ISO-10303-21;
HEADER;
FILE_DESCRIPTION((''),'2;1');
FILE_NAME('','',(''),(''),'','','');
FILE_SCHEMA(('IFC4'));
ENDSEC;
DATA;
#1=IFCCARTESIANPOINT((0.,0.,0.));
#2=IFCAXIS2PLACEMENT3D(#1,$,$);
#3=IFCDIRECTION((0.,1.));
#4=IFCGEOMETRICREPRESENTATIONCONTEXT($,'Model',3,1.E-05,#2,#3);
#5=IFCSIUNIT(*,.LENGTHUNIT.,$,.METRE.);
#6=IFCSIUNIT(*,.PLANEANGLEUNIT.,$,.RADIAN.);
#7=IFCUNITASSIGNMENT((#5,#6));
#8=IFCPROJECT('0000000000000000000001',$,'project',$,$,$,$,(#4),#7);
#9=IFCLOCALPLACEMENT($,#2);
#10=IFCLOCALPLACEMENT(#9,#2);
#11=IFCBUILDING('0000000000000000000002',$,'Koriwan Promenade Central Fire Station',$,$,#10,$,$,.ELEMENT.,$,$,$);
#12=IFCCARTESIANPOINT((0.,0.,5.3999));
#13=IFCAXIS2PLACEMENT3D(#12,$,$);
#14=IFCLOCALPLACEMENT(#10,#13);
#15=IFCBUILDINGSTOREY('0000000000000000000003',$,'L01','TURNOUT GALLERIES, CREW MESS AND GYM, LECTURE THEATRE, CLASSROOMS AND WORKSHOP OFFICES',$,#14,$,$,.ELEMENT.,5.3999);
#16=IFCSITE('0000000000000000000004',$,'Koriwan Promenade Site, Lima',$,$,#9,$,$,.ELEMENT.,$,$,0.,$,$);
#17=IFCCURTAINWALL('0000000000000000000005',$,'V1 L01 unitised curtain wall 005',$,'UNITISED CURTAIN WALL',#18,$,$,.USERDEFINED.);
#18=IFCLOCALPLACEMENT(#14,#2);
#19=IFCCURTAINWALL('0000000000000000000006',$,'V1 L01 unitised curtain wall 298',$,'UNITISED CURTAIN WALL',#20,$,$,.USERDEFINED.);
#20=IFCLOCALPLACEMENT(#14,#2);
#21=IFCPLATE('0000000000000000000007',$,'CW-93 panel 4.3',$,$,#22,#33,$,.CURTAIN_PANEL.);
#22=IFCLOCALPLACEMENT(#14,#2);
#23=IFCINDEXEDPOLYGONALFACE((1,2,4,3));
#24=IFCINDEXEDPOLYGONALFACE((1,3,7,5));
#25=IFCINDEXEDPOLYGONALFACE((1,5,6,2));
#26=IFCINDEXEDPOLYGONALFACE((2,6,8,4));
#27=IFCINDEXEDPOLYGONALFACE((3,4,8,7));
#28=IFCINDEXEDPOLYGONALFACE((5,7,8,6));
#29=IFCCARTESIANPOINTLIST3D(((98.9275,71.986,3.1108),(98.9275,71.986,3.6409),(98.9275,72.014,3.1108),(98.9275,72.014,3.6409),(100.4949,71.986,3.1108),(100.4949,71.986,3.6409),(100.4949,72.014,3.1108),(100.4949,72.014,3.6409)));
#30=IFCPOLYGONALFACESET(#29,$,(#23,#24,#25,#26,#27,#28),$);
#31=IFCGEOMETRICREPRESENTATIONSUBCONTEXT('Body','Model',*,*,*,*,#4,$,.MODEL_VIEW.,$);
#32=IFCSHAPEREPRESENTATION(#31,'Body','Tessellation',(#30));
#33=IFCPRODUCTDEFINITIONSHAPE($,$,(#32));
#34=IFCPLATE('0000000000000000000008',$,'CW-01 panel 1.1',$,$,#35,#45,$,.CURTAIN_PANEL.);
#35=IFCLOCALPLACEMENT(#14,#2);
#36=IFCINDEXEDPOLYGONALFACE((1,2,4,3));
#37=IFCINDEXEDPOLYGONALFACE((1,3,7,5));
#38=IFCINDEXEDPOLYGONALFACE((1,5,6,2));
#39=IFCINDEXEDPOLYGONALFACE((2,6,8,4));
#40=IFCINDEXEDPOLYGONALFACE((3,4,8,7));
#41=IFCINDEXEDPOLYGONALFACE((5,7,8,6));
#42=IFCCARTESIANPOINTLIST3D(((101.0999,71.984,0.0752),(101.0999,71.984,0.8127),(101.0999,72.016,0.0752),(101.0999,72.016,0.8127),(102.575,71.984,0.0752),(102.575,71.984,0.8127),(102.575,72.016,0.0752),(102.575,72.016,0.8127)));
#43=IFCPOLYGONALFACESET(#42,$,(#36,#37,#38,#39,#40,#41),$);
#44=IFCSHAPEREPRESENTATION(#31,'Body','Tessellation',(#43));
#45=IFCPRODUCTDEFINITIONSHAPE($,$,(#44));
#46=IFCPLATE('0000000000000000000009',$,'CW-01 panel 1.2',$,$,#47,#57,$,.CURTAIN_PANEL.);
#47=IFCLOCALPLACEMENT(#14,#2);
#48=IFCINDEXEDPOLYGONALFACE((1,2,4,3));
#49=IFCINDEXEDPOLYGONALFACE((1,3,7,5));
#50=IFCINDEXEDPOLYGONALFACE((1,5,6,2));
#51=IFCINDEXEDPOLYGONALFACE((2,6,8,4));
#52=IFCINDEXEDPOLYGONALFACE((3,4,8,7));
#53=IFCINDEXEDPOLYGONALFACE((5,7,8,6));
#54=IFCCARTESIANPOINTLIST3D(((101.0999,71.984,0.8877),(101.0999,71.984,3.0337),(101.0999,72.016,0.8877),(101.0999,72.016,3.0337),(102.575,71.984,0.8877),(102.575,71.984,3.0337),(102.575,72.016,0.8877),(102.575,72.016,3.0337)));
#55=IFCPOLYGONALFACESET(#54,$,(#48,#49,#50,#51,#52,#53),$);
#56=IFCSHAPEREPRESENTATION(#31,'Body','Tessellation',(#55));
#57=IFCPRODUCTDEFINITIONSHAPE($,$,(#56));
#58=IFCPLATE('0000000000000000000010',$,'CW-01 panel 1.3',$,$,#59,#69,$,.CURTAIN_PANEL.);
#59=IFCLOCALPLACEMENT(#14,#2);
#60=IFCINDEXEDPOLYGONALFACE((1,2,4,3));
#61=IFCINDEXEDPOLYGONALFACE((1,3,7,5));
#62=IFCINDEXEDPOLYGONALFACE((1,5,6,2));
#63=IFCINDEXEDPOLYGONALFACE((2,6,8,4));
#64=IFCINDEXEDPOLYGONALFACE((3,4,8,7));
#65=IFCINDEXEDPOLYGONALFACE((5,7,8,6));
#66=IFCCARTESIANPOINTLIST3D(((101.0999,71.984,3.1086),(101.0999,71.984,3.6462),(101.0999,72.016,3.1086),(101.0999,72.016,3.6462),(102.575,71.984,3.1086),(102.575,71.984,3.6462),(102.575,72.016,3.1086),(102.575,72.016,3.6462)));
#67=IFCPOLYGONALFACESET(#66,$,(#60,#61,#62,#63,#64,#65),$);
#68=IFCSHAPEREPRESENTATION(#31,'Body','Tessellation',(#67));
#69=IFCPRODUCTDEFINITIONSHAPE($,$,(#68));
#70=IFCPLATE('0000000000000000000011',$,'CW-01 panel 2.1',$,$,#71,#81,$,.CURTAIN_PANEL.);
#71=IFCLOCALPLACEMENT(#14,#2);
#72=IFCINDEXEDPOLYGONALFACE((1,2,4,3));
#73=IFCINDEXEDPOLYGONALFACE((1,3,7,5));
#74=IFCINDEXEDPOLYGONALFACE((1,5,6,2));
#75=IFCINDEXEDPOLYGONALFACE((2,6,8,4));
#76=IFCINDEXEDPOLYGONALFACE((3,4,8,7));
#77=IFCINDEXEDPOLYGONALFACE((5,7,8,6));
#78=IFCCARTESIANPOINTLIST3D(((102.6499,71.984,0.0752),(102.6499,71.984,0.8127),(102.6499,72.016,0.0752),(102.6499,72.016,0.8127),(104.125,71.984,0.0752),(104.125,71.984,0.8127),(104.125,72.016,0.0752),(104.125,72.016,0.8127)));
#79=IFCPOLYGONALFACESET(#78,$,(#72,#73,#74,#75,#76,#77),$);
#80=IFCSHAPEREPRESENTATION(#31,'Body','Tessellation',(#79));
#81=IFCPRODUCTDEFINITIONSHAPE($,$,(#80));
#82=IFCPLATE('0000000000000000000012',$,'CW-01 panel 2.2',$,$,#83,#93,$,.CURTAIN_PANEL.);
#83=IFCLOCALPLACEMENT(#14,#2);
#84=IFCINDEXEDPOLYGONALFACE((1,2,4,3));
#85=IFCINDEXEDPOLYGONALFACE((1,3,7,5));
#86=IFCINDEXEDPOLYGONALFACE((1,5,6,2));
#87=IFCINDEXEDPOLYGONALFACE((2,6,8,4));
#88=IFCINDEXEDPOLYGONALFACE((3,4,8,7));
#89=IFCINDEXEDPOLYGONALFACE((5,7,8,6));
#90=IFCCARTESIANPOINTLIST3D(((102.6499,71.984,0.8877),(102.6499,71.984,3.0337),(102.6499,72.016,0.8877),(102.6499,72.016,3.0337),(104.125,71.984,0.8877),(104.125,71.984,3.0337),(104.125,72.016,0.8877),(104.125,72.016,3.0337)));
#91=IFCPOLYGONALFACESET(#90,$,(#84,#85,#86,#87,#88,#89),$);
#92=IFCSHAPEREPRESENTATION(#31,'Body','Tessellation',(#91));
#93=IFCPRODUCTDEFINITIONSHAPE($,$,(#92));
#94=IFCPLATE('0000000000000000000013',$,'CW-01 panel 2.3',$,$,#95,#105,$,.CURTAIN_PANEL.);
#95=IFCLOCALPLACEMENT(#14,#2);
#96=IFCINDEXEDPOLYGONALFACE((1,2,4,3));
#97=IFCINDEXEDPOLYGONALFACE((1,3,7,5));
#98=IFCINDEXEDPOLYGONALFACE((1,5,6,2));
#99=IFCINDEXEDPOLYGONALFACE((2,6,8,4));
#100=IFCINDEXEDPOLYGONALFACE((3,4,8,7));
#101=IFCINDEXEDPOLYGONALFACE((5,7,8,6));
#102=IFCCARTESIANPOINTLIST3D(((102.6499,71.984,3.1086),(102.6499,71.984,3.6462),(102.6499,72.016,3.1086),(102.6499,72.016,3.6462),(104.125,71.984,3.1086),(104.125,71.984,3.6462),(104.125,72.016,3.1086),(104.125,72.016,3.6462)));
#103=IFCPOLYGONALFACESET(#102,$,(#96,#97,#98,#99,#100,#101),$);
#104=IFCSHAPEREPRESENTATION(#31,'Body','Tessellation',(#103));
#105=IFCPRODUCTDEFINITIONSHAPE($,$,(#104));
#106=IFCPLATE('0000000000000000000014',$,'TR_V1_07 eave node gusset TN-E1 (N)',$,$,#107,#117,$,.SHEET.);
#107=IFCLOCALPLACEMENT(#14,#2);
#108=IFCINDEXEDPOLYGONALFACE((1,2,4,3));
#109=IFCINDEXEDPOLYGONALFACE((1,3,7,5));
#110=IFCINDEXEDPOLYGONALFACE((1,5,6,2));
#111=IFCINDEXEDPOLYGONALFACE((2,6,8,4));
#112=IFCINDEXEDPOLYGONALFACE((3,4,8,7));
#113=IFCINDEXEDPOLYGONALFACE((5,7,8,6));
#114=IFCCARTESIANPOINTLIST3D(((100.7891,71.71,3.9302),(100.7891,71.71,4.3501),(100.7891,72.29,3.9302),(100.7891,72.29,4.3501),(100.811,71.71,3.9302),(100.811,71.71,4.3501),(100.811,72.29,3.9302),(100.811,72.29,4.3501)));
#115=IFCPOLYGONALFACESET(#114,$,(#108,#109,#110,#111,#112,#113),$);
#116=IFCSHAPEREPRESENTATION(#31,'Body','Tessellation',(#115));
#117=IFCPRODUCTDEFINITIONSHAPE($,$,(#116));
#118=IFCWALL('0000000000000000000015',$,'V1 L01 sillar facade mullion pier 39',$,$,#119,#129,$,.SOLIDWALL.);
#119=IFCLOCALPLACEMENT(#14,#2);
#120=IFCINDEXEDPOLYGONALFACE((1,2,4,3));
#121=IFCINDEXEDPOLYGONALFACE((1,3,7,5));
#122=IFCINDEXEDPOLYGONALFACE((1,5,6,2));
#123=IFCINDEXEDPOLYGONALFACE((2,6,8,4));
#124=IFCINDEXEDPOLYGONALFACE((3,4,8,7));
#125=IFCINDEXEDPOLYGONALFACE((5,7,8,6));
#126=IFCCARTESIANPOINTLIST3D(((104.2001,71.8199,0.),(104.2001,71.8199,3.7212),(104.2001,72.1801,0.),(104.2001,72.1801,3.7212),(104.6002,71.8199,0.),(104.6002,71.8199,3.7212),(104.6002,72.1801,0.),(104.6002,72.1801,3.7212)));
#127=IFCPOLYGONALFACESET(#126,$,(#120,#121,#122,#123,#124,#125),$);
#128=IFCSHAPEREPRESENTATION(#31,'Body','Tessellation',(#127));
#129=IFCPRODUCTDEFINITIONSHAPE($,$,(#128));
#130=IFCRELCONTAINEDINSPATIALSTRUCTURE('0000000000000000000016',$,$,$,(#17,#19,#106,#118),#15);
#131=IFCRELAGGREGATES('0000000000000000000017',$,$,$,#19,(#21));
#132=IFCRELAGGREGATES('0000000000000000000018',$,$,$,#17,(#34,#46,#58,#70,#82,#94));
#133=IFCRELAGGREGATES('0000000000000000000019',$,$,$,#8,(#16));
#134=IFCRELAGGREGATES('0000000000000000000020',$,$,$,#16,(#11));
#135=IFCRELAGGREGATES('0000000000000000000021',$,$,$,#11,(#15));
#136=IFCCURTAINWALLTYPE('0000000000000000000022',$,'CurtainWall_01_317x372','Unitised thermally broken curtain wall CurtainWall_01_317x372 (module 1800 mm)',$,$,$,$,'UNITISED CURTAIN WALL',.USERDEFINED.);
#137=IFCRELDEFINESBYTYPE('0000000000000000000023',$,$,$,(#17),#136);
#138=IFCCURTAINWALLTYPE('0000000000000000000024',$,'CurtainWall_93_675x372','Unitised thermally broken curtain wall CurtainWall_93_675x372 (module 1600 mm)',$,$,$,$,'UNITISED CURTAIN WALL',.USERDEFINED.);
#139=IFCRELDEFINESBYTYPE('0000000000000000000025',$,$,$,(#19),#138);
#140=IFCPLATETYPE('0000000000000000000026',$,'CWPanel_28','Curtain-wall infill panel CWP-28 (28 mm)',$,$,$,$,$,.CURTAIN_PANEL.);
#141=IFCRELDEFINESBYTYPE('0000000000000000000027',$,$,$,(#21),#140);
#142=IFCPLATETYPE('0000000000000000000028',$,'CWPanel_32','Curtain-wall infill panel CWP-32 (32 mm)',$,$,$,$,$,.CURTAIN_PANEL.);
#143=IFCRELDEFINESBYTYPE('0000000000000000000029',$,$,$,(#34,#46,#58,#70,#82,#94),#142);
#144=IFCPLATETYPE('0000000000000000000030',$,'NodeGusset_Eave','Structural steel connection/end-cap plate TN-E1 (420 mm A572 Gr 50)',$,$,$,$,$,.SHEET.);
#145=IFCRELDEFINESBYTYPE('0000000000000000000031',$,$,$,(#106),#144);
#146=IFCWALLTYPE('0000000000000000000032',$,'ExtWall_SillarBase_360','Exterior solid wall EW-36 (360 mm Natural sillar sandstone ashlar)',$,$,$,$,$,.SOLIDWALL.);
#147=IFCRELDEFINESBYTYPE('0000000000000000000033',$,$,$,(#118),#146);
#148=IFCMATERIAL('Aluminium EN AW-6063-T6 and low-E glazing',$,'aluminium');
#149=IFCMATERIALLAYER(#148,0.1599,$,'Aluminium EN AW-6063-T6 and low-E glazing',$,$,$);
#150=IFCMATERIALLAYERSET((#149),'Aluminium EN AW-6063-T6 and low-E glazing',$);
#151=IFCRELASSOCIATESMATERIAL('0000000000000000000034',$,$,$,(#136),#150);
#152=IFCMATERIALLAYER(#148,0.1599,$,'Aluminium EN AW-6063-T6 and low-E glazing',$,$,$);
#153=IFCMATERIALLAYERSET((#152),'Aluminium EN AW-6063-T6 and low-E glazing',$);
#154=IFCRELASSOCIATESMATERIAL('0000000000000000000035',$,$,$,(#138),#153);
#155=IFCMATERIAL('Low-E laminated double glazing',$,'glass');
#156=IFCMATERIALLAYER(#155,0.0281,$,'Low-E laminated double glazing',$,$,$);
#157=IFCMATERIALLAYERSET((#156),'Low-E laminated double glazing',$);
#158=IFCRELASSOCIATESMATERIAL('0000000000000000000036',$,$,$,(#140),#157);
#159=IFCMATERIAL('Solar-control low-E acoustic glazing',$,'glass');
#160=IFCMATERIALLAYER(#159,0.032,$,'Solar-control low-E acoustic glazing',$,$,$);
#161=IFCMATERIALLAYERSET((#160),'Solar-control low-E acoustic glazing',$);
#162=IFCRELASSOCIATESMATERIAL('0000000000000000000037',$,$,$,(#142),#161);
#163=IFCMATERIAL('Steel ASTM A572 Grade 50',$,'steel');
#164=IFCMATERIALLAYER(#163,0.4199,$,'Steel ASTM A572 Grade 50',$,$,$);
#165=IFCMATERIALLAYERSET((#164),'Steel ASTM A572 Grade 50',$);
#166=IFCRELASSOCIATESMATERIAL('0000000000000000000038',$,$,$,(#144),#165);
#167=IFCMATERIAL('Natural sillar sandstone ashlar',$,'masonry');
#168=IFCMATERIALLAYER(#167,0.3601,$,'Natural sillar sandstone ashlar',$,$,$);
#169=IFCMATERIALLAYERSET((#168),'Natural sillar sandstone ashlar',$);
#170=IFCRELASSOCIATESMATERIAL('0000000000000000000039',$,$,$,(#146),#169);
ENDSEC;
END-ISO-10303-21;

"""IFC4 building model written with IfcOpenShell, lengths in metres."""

from ifc_helpers import new_model, si_unit, direction, frame, frame_2d, origin, origin_2d, place, context, subcontext, project, spatial, rectangle, extrude, material, layer, layer_set, type_object, element, aggregate, save


model = new_model("IFC4")

# Units and contexts
model_context = context("Model", 3, precision=1e-05, world=origin(), true_north=direction((0.0, 1.0)))
body_context = subcontext(model_context, "Body", "Model", "MODEL_VIEW")
ifc_project = project(units=[si_unit("LENGTHUNIT", "METRE"), si_unit("PLANEANGLEUNIT", "RADIAN")], contexts=[model_context])

# Site, building, storey
site_placement = place(None, origin())
site = spatial("IfcSite", under=ifc_project, at=site_placement, Name="Koriwan Promenade Site, Lima", CompositionType="ELEMENT", RefElevation=0.0)
building_placement = place(site_placement, origin())
building = spatial("IfcBuilding", under=site, at=building_placement, Name="Koriwan Promenade Central Fire Station", CompositionType="ELEMENT")
storey_placement = place(building_placement, frame((0.0, 0.0, 5.3999)))
storey = spatial("IfcBuildingStorey", under=building, at=storey_placement, Name="L01", Description="TURNOUT GALLERIES, CREW MESS AND GYM, LECTURE THEATRE, CLASSROOMS AND WORKSHOP OFFICES", CompositionType="ELEMENT", Elevation=5.3999)

# Curtain wall
ifc_material_1 = material(Name="Aluminium EN AW-6063-T6 and low-E glazing", Category="aluminium")
ifc_layer_1 = layer(ifc_material_1, 0.1599, Name="Aluminium EN AW-6063-T6 and low-E glazing")
ifc_layer_set_1 = layer_set([ifc_layer_1], Name="Aluminium EN AW-6063-T6 and low-E glazing")
curtain_wall_type_1 = type_object("IfcCurtainWallType", Name="CurtainWall_01_317x372", Description="Unitised thermally broken curtain wall CurtainWall_01_317x372 (module 1800 mm)", ElementType="UNITISED CURTAIN WALL", PredefinedType="USERDEFINED", material=ifc_layer_set_1)
curtain_wall_1_placement = place(storey_placement, origin())
curtain_wall_1 = element("IfcCurtainWall", 1, at=curtain_wall_1_placement, inside=storey, type_object=curtain_wall_type_1, Name="V1 L01 unitised curtain wall 005", ObjectType="UNITISED CURTAIN WALL", PredefinedType="USERDEFINED")

# Curtain wall
ifc_layer_2 = layer(ifc_material_1, 0.1599, Name="Aluminium EN AW-6063-T6 and low-E glazing")
ifc_layer_set_2 = layer_set([ifc_layer_2], Name="Aluminium EN AW-6063-T6 and low-E glazing")
curtain_wall_type_2 = type_object("IfcCurtainWallType", Name="CurtainWall_93_675x372", Description="Unitised thermally broken curtain wall CurtainWall_93_675x372 (module 1600 mm)", ElementType="UNITISED CURTAIN WALL", PredefinedType="USERDEFINED", material=ifc_layer_set_2)
curtain_wall_2_placement = place(storey_placement, origin())
curtain_wall_2 = element("IfcCurtainWall", 2, at=curtain_wall_2_placement, inside=storey, type_object=curtain_wall_type_2, Name="V1 L01 unitised curtain wall 298", ObjectType="UNITISED CURTAIN WALL", PredefinedType="USERDEFINED")

# Plates
ifc_material_2 = material(Name="Low-E laminated double glazing", Category="glass")
ifc_layer_3 = layer(ifc_material_2, 0.0281, Name="Low-E laminated double glazing")
ifc_layer_set_3 = layer_set([ifc_layer_3], Name="Low-E laminated double glazing")
plate_type_1 = type_object("IfcPlateType", Name="CWPanel_28", Description="Curtain-wall infill panel CWP-28 (28 mm)", PredefinedType="CURTAIN_PANEL", material=ifc_layer_set_3)
plate_1_placement = place(storey_placement, frame((99.7112, 72.0, 3.1108), z_axis=(0.0, 0.0, 1.0), x_axis=(1.0, 0.0, 0.0)))
plate_1 = element("IfcPlate", 3, at=plate_1_placement, type_object=plate_type_1, Name="CW-93 panel 4.3", PredefinedType="CURTAIN_PANEL", context=body_context, shape_type="SweptSolid", body=[
    extrude(rectangle(XDim=1.5674, YDim=0.0281, at=origin_2d()), origin(), (0.0, 0.0, 1.0), 0.53),
])
aggregate(curtain_wall_2, [plate_1])
ifc_material_3 = material(Name="Solar-control low-E acoustic glazing", Category="glass")
ifc_layer_4 = layer(ifc_material_3, 0.032, Name="Solar-control low-E acoustic glazing")
ifc_layer_set_4 = layer_set([ifc_layer_4], Name="Solar-control low-E acoustic glazing")
plate_type_2 = type_object("IfcPlateType", Name="CWPanel_32", Description="Curtain-wall infill panel CWP-32 (32 mm)", PredefinedType="CURTAIN_PANEL", material=ifc_layer_set_4)
plate_2_placement = place(storey_placement, frame((101.8374, 72.0, 0.0752), z_axis=(0.0, 0.0, 1.0), x_axis=(1.0, 0.0, 0.0)))
plate_2 = element("IfcPlate", 4, at=plate_2_placement, type_object=plate_type_2, Name="CW-01 panel 1.1", PredefinedType="CURTAIN_PANEL", context=body_context, shape_type="SweptSolid", body=[
    extrude(rectangle(XDim=1.4751, YDim=0.032, at=origin_2d()), origin(), (0.0, 0.0, 1.0), 0.7375),
])
plate_3_placement = place(storey_placement, frame((101.8374, 72.0, 0.8877), z_axis=(0.0, 0.0, 1.0), x_axis=(1.0, 0.0, 0.0)))
plate_3 = element("IfcPlate", 5, at=plate_3_placement, type_object=plate_type_2, Name="CW-01 panel 1.2", PredefinedType="CURTAIN_PANEL", context=body_context, shape_type="SweptSolid", body=[
    extrude(rectangle(XDim=1.4751, YDim=0.032, at=origin_2d()), origin(), (0.0, 0.0, 1.0), 2.146),
])
plate_4_placement = place(storey_placement, frame((101.8374, 72.0, 3.1086), z_axis=(0.0, 0.0, 1.0), x_axis=(1.0, 0.0, 0.0)))
plate_4 = element("IfcPlate", 6, at=plate_4_placement, type_object=plate_type_2, Name="CW-01 panel 1.3", PredefinedType="CURTAIN_PANEL", context=body_context, shape_type="SweptSolid", body=[
    extrude(rectangle(XDim=1.4751, YDim=0.032, at=origin_2d()), origin(), (0.0, 0.0, 1.0), 0.5376),
])
plate_5_placement = place(storey_placement, frame((103.3875, 72.0, 0.0752), z_axis=(0.0, 0.0, 1.0), x_axis=(1.0, 0.0, 0.0)))
plate_5 = element("IfcPlate", 7, at=plate_5_placement, type_object=plate_type_2, Name="CW-01 panel 2.1", PredefinedType="CURTAIN_PANEL", context=body_context, shape_type="SweptSolid", body=[
    extrude(rectangle(XDim=1.4751, YDim=0.032, at=origin_2d()), origin(), (0.0, 0.0, 1.0), 0.7375),
])
plate_6_placement = place(storey_placement, frame((103.3875, 72.0, 0.8877), z_axis=(0.0, 0.0, 1.0), x_axis=(1.0, 0.0, 0.0)))
plate_6 = element("IfcPlate", 8, at=plate_6_placement, type_object=plate_type_2, Name="CW-01 panel 2.2", PredefinedType="CURTAIN_PANEL", context=body_context, shape_type="SweptSolid", body=[
    extrude(rectangle(XDim=1.4751, YDim=0.032, at=origin_2d()), origin(), (0.0, 0.0, 1.0), 2.146),
])
plate_7_placement = place(storey_placement, frame((103.3875, 72.0, 3.1086), z_axis=(0.0, 0.0, 1.0), x_axis=(1.0, 0.0, 0.0)))
plate_7 = element("IfcPlate", 9, at=plate_7_placement, type_object=plate_type_2, Name="CW-01 panel 2.3", PredefinedType="CURTAIN_PANEL", context=body_context, shape_type="SweptSolid", body=[
    extrude(rectangle(XDim=1.4751, YDim=0.032, at=origin_2d()), origin(), (0.0, 0.0, 1.0), 0.5376),
])
aggregate(curtain_wall_1, [plate_2, plate_3, plate_4, plate_5, plate_6, plate_7])
ifc_material_4 = material(Name="Steel ASTM A572 Grade 50", Category="steel")
ifc_layer_5 = layer(ifc_material_4, 0.4199, Name="Steel ASTM A572 Grade 50")
ifc_layer_set_5 = layer_set([ifc_layer_5], Name="Steel ASTM A572 Grade 50")
plate_type_3 = type_object("IfcPlateType", Name="NodeGusset_Eave", Description="Structural steel connection/end-cap plate TN-E1 (420 mm A572 Gr 50)", PredefinedType="SHEET", material=ifc_layer_set_5)
plate_8_placement = place(storey_placement, frame((100.8, 72.0, 3.9302), z_axis=(0.0, 0.0, 1.0), x_axis=(1.0, 0.0, 0.0)))
element("IfcPlate", 10, at=plate_8_placement, inside=storey, type_object=plate_type_3, Name="TR_V1_07 eave node gusset TN-E1 (N)", PredefinedType="SHEET", context=body_context, shape_type="SweptSolid", body=[
    extrude(rectangle(XDim=0.022, YDim=0.5801, at=origin_2d()), origin(), (0.0, 0.0, 1.0), 0.4199),
])

# Wall
ifc_material_5 = material(Name="Natural sillar sandstone ashlar", Category="masonry")
ifc_layer_6 = layer(ifc_material_5, 0.3601, Name="Natural sillar sandstone ashlar")
ifc_layer_set_6 = layer_set([ifc_layer_6], Name="Natural sillar sandstone ashlar")
wall_type = type_object("IfcWallType", Name="ExtWall_SillarBase_360", Description="Exterior solid wall EW-36 (360 mm Natural sillar sandstone ashlar)", PredefinedType="SOLIDWALL", material=ifc_layer_set_6)
wall_placement = place(storey_placement, frame((104.2, 72.0, 0.0), z_axis=(0.0, 0.0, 1.0), x_axis=(1.0, 0.0, 0.0)))
element("IfcWall", 11, at=wall_placement, inside=storey, type_object=wall_type, Name="V1 L01 sillar facade mullion pier 39", PredefinedType="SOLIDWALL", context=body_context, shape_type="SweptSolid", body=[
    extrude(rectangle(XDim=0.4001, YDim=0.3601, at=frame_2d((0.2002, 0.0))), origin(), (0.0, 0.0, 1.0), 3.7212),
])

save(model, "model.ifc")
